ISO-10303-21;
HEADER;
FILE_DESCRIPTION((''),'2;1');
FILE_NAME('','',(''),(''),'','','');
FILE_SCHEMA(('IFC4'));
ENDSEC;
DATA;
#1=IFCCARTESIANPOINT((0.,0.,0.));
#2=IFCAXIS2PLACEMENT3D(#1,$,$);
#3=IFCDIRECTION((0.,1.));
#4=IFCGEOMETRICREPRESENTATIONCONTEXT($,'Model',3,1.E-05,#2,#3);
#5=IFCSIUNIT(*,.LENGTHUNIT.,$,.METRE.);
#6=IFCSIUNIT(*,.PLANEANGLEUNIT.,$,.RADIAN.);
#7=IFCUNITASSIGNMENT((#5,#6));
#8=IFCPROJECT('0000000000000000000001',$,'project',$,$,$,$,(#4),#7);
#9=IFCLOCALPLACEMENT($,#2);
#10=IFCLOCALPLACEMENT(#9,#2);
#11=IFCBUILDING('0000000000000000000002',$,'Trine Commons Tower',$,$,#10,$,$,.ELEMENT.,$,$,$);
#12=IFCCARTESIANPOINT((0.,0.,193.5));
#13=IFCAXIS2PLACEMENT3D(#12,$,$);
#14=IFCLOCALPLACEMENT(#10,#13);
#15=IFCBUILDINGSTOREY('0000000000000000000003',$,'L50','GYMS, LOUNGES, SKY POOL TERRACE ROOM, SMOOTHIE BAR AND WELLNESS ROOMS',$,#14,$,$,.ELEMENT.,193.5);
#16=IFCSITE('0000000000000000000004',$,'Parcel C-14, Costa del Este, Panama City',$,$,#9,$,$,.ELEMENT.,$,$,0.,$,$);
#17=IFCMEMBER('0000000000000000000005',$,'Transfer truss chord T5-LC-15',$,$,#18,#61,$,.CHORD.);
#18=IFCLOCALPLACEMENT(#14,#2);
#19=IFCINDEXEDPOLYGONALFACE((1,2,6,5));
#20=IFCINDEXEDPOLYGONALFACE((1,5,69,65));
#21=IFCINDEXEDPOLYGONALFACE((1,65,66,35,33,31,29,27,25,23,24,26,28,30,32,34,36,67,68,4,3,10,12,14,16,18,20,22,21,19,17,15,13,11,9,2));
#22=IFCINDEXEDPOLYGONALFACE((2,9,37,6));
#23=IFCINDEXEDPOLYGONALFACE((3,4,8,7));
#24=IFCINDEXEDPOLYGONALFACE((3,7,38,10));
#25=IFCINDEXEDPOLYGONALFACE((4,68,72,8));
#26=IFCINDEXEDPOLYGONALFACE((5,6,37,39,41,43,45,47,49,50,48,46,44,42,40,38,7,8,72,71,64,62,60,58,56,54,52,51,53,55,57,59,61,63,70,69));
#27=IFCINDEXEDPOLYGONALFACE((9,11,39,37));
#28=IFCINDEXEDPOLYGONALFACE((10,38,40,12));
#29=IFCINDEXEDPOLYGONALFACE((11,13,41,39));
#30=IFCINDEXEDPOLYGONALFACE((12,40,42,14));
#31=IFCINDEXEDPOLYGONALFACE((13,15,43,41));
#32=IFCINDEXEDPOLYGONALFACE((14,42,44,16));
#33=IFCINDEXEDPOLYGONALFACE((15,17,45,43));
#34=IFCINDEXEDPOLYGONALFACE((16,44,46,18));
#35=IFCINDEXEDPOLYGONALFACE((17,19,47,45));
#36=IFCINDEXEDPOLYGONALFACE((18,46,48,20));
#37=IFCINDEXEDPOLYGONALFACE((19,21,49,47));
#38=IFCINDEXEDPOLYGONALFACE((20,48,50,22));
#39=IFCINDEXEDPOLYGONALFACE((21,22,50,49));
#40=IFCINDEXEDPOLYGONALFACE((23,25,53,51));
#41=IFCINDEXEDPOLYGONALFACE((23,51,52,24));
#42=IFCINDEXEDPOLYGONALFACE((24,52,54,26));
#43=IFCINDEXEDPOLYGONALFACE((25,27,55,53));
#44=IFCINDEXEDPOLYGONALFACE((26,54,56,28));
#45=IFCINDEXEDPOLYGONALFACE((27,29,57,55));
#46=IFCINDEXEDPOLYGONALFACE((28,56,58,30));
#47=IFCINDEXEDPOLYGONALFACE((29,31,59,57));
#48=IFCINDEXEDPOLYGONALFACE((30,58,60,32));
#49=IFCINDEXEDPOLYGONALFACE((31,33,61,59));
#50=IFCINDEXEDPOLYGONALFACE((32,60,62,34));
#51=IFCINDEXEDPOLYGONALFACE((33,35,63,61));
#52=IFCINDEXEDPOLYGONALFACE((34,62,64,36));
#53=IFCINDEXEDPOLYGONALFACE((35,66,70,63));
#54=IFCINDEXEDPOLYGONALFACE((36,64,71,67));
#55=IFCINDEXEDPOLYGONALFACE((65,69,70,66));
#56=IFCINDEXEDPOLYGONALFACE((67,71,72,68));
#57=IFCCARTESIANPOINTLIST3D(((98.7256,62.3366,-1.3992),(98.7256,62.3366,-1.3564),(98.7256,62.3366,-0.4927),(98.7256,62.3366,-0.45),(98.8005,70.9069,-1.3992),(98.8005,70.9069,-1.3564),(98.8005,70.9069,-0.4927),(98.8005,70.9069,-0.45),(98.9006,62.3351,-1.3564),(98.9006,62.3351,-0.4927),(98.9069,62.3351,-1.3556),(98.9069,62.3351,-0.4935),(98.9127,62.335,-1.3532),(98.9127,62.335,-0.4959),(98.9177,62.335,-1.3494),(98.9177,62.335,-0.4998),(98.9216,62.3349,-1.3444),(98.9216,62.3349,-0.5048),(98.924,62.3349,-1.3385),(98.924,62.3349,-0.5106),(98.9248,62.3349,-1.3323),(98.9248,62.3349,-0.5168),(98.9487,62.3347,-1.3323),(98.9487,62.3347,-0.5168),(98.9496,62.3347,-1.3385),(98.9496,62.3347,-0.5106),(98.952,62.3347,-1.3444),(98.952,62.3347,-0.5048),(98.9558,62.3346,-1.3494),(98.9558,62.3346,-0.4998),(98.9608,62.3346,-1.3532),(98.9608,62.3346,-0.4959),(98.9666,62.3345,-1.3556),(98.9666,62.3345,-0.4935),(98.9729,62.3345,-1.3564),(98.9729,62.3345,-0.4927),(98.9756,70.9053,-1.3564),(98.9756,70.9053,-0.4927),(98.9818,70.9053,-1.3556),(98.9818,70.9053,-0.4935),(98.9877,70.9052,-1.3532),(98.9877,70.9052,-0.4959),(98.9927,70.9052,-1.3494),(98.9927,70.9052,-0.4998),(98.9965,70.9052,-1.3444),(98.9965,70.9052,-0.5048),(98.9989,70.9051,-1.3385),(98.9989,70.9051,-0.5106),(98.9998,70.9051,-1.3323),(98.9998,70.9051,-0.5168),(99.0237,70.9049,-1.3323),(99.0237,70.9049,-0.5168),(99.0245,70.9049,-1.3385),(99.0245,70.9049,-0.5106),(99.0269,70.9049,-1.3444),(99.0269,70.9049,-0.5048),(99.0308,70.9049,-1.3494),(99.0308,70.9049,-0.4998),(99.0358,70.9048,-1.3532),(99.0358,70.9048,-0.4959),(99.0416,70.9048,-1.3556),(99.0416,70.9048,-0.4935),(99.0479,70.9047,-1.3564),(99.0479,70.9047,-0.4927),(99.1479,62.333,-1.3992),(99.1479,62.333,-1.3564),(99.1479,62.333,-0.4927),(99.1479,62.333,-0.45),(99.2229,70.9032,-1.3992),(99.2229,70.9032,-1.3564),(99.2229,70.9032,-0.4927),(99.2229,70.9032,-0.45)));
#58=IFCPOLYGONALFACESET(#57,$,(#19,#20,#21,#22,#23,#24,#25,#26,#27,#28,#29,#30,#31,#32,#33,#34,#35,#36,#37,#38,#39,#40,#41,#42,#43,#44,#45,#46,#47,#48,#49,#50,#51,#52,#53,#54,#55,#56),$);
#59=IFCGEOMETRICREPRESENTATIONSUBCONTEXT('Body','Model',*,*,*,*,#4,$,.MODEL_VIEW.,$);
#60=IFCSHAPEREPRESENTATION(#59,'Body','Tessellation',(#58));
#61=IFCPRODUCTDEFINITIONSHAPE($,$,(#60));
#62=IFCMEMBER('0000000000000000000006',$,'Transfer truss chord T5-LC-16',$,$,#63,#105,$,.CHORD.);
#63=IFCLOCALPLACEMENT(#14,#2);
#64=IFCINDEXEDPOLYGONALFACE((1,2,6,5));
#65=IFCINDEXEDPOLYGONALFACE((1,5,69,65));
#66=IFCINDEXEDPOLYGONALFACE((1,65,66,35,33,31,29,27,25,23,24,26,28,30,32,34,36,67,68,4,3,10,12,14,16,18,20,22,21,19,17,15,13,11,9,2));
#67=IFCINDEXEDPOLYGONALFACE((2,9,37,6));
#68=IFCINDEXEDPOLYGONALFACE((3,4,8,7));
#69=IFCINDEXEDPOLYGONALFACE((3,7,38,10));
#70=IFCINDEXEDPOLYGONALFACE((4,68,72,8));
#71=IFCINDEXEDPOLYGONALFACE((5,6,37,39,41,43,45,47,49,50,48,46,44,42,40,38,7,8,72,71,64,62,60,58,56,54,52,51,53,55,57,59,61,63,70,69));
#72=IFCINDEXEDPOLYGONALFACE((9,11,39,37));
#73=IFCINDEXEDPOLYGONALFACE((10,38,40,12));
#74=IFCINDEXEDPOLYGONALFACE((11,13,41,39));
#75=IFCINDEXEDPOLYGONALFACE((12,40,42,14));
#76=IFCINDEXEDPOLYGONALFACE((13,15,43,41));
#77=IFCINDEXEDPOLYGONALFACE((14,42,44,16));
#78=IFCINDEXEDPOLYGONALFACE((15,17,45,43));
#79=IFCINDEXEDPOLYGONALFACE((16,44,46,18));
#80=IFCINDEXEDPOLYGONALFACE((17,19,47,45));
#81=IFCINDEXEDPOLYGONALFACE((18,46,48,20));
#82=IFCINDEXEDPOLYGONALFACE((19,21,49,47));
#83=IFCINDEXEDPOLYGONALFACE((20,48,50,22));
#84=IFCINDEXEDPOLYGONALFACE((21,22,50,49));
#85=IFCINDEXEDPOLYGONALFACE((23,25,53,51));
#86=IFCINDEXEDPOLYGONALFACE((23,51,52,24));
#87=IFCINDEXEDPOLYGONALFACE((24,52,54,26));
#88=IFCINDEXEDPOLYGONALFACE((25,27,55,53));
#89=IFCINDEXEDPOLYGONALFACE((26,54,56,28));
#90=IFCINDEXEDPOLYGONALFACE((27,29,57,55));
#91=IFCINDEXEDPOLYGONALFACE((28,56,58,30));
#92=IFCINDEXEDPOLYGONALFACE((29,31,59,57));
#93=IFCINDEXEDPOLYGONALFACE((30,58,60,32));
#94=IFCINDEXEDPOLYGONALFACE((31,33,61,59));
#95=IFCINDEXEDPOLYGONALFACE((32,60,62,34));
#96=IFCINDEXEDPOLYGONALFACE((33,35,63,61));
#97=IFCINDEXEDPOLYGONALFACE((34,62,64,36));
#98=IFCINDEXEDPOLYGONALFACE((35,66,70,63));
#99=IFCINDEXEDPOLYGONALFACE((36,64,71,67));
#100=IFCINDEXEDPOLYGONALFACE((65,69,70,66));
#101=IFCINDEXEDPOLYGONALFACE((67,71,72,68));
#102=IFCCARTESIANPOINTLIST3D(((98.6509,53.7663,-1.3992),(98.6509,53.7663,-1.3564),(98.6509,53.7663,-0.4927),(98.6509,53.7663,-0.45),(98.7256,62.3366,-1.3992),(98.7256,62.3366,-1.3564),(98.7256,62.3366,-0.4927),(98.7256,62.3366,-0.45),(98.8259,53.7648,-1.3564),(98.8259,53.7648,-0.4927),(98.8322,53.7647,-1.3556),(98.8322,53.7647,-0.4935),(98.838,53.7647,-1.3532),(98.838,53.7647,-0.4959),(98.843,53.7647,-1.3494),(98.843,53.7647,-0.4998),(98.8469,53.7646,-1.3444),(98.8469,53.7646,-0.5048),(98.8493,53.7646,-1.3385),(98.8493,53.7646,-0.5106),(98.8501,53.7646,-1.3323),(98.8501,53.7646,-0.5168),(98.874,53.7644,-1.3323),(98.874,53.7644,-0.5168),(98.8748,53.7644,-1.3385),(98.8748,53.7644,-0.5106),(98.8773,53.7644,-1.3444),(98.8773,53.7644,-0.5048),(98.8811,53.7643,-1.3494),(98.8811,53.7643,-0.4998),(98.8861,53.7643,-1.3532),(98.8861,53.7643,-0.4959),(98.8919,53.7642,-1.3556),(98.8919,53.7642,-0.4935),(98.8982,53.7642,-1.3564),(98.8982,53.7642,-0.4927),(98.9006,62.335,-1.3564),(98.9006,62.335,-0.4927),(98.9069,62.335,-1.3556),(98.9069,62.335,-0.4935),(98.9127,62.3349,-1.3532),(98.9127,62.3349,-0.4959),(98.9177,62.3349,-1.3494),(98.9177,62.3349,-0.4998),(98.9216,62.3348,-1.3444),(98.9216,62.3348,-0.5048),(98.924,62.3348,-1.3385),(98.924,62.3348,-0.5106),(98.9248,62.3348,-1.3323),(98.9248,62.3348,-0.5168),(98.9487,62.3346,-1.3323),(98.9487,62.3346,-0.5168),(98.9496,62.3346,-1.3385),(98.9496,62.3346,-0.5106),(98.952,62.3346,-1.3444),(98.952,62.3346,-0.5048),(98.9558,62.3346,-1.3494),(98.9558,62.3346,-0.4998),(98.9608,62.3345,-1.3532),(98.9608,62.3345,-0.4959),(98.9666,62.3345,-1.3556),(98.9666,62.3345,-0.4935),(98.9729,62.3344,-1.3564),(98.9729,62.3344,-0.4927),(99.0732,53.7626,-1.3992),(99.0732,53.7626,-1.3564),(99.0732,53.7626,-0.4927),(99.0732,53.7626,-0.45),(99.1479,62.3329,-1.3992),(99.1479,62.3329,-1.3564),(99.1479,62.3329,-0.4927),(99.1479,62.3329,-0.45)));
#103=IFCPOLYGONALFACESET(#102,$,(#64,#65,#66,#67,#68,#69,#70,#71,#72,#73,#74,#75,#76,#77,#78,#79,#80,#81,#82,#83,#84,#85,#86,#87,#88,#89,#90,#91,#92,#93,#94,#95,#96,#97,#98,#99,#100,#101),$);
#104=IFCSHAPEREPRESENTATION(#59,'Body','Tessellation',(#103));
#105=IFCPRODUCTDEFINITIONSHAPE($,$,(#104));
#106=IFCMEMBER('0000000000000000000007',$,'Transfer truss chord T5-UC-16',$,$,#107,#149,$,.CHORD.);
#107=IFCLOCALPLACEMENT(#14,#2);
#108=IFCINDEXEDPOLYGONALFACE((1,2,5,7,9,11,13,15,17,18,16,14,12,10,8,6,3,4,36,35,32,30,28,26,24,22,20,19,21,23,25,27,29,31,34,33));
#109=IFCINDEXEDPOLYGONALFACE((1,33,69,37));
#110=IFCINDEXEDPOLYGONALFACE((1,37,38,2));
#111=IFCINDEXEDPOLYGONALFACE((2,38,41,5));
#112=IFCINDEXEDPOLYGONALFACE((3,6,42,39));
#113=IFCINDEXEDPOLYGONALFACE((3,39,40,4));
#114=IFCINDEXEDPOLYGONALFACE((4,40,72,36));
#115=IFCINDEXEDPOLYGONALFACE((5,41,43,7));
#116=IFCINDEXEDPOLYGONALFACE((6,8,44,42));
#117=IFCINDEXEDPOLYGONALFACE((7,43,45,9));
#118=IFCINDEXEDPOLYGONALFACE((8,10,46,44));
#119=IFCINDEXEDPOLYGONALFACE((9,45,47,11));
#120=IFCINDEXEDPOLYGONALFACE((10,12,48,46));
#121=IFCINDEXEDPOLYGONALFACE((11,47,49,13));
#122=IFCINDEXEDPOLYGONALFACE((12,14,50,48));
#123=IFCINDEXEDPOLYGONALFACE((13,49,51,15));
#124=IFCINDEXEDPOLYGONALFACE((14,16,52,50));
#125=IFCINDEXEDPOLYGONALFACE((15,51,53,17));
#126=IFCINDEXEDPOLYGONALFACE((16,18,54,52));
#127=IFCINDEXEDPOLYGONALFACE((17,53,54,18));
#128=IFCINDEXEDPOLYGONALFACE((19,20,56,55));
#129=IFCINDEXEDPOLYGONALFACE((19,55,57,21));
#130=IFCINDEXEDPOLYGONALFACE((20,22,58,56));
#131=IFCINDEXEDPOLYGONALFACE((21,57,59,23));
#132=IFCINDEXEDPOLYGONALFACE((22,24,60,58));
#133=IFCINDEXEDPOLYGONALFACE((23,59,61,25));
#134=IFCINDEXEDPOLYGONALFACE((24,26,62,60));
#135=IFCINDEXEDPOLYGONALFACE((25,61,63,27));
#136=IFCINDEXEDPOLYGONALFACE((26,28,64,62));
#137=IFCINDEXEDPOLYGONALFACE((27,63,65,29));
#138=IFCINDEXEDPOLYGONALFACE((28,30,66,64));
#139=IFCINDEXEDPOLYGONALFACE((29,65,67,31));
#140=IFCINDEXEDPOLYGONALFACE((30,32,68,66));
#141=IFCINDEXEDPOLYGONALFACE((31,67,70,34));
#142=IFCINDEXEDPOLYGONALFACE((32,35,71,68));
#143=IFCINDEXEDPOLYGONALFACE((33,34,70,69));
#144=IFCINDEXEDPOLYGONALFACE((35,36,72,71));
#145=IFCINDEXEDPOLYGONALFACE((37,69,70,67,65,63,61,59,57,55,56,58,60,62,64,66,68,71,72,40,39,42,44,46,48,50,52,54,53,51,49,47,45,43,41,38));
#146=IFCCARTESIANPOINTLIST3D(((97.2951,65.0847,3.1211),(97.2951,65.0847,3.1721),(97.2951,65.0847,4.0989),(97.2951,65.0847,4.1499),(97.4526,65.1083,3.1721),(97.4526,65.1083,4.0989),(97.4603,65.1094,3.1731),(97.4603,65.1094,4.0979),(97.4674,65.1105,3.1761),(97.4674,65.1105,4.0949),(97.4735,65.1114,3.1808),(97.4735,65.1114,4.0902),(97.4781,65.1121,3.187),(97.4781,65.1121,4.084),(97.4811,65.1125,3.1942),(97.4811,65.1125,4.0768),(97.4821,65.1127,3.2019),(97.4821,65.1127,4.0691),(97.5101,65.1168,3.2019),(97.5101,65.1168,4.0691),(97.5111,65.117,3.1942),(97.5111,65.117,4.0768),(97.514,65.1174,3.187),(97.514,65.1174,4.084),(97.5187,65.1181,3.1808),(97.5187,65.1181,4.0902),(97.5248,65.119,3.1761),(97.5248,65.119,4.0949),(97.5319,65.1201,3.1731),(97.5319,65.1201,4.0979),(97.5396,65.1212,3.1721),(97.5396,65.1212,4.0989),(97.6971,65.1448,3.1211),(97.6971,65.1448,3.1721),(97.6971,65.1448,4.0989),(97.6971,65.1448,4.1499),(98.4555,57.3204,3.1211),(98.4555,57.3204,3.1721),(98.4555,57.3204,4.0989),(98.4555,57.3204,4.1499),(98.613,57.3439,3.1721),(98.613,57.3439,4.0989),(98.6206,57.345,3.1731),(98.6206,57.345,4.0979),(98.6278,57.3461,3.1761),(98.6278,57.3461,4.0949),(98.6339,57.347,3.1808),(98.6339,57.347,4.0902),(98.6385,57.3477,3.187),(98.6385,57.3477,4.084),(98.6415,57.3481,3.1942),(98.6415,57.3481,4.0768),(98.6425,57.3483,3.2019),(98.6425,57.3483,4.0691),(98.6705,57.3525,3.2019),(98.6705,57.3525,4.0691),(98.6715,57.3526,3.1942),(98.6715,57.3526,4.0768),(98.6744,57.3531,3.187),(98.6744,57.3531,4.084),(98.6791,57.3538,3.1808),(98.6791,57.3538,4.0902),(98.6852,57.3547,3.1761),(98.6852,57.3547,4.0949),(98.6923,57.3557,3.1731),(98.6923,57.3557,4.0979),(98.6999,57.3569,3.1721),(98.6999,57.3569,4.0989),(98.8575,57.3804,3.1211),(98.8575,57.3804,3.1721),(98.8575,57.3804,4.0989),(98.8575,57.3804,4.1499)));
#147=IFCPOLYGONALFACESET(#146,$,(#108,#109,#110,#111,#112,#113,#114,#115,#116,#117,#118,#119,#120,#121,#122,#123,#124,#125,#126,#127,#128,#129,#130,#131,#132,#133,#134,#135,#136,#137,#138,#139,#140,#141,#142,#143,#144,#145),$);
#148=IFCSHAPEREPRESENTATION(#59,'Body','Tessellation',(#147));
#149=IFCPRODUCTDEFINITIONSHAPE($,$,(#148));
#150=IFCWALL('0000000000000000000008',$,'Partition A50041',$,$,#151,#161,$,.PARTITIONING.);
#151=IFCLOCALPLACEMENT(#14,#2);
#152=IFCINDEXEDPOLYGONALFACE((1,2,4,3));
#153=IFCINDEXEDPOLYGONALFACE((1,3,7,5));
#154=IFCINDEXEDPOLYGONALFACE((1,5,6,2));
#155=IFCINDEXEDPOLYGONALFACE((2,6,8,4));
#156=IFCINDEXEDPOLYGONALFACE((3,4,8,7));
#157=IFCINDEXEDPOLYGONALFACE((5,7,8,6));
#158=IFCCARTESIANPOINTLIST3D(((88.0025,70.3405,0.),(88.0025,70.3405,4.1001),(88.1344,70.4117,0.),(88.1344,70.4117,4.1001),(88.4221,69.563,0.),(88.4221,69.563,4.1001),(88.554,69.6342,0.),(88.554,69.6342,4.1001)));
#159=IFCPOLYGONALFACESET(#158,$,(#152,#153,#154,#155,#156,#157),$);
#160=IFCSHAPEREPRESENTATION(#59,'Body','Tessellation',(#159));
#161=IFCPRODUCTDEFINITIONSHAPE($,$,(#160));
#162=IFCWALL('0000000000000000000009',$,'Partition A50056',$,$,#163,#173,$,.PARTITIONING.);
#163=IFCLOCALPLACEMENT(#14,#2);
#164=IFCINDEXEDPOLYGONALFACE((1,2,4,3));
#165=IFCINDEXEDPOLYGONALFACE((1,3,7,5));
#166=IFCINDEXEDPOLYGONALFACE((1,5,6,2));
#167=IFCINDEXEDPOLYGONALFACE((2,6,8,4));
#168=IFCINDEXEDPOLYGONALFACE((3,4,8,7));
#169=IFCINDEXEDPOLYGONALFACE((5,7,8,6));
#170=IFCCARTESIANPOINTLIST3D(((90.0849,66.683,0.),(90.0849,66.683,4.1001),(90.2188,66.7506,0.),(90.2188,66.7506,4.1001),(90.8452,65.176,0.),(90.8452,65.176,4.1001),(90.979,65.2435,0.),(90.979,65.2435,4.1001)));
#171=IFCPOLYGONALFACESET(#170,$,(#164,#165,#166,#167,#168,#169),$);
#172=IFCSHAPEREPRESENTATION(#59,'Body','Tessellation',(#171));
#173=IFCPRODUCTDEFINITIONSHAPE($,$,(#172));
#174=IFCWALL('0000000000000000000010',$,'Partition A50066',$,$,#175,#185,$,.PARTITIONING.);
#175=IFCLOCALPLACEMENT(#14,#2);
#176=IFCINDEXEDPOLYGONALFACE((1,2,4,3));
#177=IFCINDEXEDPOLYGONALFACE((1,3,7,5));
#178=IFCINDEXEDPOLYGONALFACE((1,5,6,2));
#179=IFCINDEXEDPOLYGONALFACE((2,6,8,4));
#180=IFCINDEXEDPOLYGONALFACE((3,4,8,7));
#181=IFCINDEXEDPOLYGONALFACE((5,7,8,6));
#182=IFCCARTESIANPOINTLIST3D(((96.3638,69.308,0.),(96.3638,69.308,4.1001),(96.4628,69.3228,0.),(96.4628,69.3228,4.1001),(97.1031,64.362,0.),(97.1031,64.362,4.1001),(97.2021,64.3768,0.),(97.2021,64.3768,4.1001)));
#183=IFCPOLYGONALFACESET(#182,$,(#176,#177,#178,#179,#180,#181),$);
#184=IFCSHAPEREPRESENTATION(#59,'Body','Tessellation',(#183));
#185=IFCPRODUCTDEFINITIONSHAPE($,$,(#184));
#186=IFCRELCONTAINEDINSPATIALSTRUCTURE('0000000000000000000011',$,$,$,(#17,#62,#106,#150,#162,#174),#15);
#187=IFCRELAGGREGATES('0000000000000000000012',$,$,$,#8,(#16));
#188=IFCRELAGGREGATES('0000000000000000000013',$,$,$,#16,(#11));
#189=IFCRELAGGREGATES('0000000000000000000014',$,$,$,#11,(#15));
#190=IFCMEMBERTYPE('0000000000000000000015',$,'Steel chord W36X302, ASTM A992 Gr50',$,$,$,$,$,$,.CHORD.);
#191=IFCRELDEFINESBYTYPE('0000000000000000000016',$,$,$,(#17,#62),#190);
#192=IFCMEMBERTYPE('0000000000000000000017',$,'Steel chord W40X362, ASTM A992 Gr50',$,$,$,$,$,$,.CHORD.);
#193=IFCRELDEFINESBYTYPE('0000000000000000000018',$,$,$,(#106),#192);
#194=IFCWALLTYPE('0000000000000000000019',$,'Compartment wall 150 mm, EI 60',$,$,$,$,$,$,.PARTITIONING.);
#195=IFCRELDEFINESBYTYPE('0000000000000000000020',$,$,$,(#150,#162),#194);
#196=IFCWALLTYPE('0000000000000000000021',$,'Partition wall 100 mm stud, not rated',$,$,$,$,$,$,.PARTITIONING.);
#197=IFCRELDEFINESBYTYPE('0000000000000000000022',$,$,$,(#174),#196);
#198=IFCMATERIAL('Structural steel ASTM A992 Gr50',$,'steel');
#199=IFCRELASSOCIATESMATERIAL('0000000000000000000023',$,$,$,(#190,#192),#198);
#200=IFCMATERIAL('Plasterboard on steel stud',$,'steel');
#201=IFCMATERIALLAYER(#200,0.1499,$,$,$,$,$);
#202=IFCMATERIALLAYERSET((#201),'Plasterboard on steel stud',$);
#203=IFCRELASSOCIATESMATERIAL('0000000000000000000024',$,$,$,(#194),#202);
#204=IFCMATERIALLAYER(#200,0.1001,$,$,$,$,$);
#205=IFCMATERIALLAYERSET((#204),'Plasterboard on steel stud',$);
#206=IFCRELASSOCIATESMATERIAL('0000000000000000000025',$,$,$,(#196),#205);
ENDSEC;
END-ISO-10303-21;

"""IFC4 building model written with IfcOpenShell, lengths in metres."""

from ifc_helpers import new_model, si_unit, direction, frame, frame_2d, origin, origin_2d, place, context, subcontext, project, spatial, rectangle, i_section, extrude, material, layer, layer_set, material_profile, profile_set, type_object, element, save


model = new_model("IFC4")

# Units and contexts
model_context = context("Model", 3, precision=1e-05, world=origin(), true_north=direction((0.0, 1.0)))
body_context = subcontext(model_context, "Body", "Model", "MODEL_VIEW")
ifc_project = project(units=[si_unit("LENGTHUNIT", "METRE"), si_unit("PLANEANGLEUNIT", "RADIAN")], contexts=[model_context])

# Site, building, storey
site_placement = place(None, origin())
site = spatial("IfcSite", under=ifc_project, at=site_placement, Name="Parcel C-14, Costa del Este, Panama City", CompositionType="ELEMENT", RefElevation=0.0)
building_placement = place(site_placement, origin())
building = spatial("IfcBuilding", under=site, at=building_placement, Name="Trine Commons Tower", CompositionType="ELEMENT")
storey_placement = place(building_placement, frame((0.0, 0.0, 193.5)))
storey = spatial("IfcBuildingStorey", under=building, at=storey_placement, Name="L50", Description="GYMS, LOUNGES, SKY POOL TERRACE ROOM, SMOOTHIE BAR AND WELLNESS ROOMS", CompositionType="ELEMENT", Elevation=193.5)

# Members
ifc_material_1 = material(Name="Structural steel ASTM A992 Gr50", Category="steel")
ifc_material_profile_1 = material_profile(ifc_material_1, i_section(OverallWidth=0.4224, OverallDepth=0.9492, WebThickness=0.0239, FlangeThickness=0.0427, FilletRadius=0.0242, at=origin_2d()), Name="W36X302")
ifc_profile_set_1 = profile_set([ifc_material_profile_1], Name="Structural steel ASTM A992 Gr50")
member_type_1 = type_object("IfcMemberType", Name="Steel chord W36X302, ASTM A992 Gr50", PredefinedType="CHORD", material=ifc_profile_set_1)
for number, where, z_axis, x_axis, name in (
    (1, (99.0117, 70.905, -0.9246), (-0.008745, -0.999962, 0.0), (0.999962, -0.008745, 0.0), "Transfer truss chord T5-LC-15"),
    (2, (98.9368, 62.3347, -0.9246), (-0.008717, -0.999962, 0.0), (0.999962, -0.008717, 0.0), "Transfer truss chord T5-LC-16"),
):
    element("IfcMember", number, at=place(storey_placement, frame(where, z_axis=z_axis, x_axis=x_axis)), inside=storey, type_object=member_type_1, Name=name, PredefinedType="CHORD", context=body_context, shape_type="SweptSolid", body=[
        extrude(i_section(OverallWidth=0.4224, OverallDepth=0.9492, WebThickness=0.0239, FlangeThickness=0.0427, FilletRadius=0.0242, at=origin_2d()), origin(), (0.0, 0.0, 1.0), 8.5706),
    ])
ifc_material_profile_2 = material_profile(ifc_material_1, i_section(OverallWidth=0.4065, OverallDepth=1.0288, WebThickness=0.0283, FlangeThickness=0.051, FilletRadius=0.0298, at=origin_2d()), Name="W40X362")
ifc_profile_set_2 = profile_set([ifc_material_profile_2], Name="Structural steel ASTM A992 Gr50")
member_type_2 = type_object("IfcMemberType", Name="Steel chord W40X362, ASTM A992 Gr50", PredefinedType="CHORD", material=ifc_profile_set_2)
member_1_placement = place(storey_placement, frame((97.4961, 65.1147, 3.6355), z_axis=(0.14781, -0.989016, 0.0), x_axis=(0.989016, 0.14781, 0.0)))
element("IfcMember", 3, at=member_1_placement, inside=storey, type_object=member_type_2, Name="Transfer truss chord T5-UC-16", PredefinedType="CHORD", context=body_context, shape_type="SweptSolid", body=[
    extrude(i_section(OverallWidth=0.4065, OverallDepth=1.0288, WebThickness=0.0283, FlangeThickness=0.051, FilletRadius=0.0298, at=origin_2d()), origin(), (0.0, 0.0, 1.0), 7.8506),
])

# Walls
ifc_material_2 = material(Name="Plasterboard on steel stud", Category="steel")
ifc_layer_1 = layer(ifc_material_2, 0.1499)
ifc_layer_set_1 = layer_set([ifc_layer_1], Name="Plasterboard on steel stud")
wall_type_1 = type_object("IfcWallType", Name="Compartment wall 150 mm, EI 60", PredefinedType="PARTITIONING", material=ifc_layer_set_1)
wall_1_placement = place(storey_placement, frame((88.0684, 70.3762, 0.0), z_axis=(0.0, 0.0, 1.0), x_axis=(0.474956, -0.880009, 0.0)))
element("IfcWall", 4, at=wall_1_placement, inside=storey, type_object=wall_type_1, Name="Partition A50041", PredefinedType="PARTITIONING", context=body_context, shape_type="SweptSolid", body=[
    extrude(rectangle(XDim=0.8835, YDim=0.1499, at=frame_2d((0.4419, 0.0))), origin(), (0.0, 0.0, 1.0), 4.1001),
])
wall_2_placement = place(storey_placement, frame((90.1519, 66.7168, 0.0), z_axis=(0.0, 0.0, 1.0), x_axis=(0.450393, -0.892831, 0.0)))
element("IfcWall", 5, at=wall_2_placement, inside=storey, type_object=wall_type_1, Name="Partition A50056", PredefinedType="PARTITIONING", context=body_context, shape_type="SweptSolid", body=[
    extrude(rectangle(XDim=1.688, YDim=0.1499, at=frame_2d((0.844, 0.0))), origin(), (0.0, 0.0, 1.0), 4.1001),
])
ifc_layer_2 = layer(ifc_material_2, 0.1001)
ifc_layer_set_2 = layer_set([ifc_layer_2], Name="Plasterboard on steel stud")
wall_type_2 = type_object("IfcWallType", Name="Partition wall 100 mm stud, not rated", PredefinedType="PARTITIONING", material=ifc_layer_set_2)
wall_3_placement = place(storey_placement, frame((96.4133, 69.3154, 0.0), z_axis=(0.0, 0.0, 1.0), x_axis=(0.147822, -0.989014, 0.0)))
element("IfcWall", 6, at=wall_3_placement, inside=storey, type_object=wall_type_2, Name="Partition A50066", PredefinedType="PARTITIONING", context=body_context, shape_type="SweptSolid", body=[
    extrude(rectangle(XDim=5.001, YDim=0.1001, at=frame_2d((2.5005, 0.0))), origin(), (0.0, 0.0, 1.0), 4.1001),
])

save(model, "model.ifc")
